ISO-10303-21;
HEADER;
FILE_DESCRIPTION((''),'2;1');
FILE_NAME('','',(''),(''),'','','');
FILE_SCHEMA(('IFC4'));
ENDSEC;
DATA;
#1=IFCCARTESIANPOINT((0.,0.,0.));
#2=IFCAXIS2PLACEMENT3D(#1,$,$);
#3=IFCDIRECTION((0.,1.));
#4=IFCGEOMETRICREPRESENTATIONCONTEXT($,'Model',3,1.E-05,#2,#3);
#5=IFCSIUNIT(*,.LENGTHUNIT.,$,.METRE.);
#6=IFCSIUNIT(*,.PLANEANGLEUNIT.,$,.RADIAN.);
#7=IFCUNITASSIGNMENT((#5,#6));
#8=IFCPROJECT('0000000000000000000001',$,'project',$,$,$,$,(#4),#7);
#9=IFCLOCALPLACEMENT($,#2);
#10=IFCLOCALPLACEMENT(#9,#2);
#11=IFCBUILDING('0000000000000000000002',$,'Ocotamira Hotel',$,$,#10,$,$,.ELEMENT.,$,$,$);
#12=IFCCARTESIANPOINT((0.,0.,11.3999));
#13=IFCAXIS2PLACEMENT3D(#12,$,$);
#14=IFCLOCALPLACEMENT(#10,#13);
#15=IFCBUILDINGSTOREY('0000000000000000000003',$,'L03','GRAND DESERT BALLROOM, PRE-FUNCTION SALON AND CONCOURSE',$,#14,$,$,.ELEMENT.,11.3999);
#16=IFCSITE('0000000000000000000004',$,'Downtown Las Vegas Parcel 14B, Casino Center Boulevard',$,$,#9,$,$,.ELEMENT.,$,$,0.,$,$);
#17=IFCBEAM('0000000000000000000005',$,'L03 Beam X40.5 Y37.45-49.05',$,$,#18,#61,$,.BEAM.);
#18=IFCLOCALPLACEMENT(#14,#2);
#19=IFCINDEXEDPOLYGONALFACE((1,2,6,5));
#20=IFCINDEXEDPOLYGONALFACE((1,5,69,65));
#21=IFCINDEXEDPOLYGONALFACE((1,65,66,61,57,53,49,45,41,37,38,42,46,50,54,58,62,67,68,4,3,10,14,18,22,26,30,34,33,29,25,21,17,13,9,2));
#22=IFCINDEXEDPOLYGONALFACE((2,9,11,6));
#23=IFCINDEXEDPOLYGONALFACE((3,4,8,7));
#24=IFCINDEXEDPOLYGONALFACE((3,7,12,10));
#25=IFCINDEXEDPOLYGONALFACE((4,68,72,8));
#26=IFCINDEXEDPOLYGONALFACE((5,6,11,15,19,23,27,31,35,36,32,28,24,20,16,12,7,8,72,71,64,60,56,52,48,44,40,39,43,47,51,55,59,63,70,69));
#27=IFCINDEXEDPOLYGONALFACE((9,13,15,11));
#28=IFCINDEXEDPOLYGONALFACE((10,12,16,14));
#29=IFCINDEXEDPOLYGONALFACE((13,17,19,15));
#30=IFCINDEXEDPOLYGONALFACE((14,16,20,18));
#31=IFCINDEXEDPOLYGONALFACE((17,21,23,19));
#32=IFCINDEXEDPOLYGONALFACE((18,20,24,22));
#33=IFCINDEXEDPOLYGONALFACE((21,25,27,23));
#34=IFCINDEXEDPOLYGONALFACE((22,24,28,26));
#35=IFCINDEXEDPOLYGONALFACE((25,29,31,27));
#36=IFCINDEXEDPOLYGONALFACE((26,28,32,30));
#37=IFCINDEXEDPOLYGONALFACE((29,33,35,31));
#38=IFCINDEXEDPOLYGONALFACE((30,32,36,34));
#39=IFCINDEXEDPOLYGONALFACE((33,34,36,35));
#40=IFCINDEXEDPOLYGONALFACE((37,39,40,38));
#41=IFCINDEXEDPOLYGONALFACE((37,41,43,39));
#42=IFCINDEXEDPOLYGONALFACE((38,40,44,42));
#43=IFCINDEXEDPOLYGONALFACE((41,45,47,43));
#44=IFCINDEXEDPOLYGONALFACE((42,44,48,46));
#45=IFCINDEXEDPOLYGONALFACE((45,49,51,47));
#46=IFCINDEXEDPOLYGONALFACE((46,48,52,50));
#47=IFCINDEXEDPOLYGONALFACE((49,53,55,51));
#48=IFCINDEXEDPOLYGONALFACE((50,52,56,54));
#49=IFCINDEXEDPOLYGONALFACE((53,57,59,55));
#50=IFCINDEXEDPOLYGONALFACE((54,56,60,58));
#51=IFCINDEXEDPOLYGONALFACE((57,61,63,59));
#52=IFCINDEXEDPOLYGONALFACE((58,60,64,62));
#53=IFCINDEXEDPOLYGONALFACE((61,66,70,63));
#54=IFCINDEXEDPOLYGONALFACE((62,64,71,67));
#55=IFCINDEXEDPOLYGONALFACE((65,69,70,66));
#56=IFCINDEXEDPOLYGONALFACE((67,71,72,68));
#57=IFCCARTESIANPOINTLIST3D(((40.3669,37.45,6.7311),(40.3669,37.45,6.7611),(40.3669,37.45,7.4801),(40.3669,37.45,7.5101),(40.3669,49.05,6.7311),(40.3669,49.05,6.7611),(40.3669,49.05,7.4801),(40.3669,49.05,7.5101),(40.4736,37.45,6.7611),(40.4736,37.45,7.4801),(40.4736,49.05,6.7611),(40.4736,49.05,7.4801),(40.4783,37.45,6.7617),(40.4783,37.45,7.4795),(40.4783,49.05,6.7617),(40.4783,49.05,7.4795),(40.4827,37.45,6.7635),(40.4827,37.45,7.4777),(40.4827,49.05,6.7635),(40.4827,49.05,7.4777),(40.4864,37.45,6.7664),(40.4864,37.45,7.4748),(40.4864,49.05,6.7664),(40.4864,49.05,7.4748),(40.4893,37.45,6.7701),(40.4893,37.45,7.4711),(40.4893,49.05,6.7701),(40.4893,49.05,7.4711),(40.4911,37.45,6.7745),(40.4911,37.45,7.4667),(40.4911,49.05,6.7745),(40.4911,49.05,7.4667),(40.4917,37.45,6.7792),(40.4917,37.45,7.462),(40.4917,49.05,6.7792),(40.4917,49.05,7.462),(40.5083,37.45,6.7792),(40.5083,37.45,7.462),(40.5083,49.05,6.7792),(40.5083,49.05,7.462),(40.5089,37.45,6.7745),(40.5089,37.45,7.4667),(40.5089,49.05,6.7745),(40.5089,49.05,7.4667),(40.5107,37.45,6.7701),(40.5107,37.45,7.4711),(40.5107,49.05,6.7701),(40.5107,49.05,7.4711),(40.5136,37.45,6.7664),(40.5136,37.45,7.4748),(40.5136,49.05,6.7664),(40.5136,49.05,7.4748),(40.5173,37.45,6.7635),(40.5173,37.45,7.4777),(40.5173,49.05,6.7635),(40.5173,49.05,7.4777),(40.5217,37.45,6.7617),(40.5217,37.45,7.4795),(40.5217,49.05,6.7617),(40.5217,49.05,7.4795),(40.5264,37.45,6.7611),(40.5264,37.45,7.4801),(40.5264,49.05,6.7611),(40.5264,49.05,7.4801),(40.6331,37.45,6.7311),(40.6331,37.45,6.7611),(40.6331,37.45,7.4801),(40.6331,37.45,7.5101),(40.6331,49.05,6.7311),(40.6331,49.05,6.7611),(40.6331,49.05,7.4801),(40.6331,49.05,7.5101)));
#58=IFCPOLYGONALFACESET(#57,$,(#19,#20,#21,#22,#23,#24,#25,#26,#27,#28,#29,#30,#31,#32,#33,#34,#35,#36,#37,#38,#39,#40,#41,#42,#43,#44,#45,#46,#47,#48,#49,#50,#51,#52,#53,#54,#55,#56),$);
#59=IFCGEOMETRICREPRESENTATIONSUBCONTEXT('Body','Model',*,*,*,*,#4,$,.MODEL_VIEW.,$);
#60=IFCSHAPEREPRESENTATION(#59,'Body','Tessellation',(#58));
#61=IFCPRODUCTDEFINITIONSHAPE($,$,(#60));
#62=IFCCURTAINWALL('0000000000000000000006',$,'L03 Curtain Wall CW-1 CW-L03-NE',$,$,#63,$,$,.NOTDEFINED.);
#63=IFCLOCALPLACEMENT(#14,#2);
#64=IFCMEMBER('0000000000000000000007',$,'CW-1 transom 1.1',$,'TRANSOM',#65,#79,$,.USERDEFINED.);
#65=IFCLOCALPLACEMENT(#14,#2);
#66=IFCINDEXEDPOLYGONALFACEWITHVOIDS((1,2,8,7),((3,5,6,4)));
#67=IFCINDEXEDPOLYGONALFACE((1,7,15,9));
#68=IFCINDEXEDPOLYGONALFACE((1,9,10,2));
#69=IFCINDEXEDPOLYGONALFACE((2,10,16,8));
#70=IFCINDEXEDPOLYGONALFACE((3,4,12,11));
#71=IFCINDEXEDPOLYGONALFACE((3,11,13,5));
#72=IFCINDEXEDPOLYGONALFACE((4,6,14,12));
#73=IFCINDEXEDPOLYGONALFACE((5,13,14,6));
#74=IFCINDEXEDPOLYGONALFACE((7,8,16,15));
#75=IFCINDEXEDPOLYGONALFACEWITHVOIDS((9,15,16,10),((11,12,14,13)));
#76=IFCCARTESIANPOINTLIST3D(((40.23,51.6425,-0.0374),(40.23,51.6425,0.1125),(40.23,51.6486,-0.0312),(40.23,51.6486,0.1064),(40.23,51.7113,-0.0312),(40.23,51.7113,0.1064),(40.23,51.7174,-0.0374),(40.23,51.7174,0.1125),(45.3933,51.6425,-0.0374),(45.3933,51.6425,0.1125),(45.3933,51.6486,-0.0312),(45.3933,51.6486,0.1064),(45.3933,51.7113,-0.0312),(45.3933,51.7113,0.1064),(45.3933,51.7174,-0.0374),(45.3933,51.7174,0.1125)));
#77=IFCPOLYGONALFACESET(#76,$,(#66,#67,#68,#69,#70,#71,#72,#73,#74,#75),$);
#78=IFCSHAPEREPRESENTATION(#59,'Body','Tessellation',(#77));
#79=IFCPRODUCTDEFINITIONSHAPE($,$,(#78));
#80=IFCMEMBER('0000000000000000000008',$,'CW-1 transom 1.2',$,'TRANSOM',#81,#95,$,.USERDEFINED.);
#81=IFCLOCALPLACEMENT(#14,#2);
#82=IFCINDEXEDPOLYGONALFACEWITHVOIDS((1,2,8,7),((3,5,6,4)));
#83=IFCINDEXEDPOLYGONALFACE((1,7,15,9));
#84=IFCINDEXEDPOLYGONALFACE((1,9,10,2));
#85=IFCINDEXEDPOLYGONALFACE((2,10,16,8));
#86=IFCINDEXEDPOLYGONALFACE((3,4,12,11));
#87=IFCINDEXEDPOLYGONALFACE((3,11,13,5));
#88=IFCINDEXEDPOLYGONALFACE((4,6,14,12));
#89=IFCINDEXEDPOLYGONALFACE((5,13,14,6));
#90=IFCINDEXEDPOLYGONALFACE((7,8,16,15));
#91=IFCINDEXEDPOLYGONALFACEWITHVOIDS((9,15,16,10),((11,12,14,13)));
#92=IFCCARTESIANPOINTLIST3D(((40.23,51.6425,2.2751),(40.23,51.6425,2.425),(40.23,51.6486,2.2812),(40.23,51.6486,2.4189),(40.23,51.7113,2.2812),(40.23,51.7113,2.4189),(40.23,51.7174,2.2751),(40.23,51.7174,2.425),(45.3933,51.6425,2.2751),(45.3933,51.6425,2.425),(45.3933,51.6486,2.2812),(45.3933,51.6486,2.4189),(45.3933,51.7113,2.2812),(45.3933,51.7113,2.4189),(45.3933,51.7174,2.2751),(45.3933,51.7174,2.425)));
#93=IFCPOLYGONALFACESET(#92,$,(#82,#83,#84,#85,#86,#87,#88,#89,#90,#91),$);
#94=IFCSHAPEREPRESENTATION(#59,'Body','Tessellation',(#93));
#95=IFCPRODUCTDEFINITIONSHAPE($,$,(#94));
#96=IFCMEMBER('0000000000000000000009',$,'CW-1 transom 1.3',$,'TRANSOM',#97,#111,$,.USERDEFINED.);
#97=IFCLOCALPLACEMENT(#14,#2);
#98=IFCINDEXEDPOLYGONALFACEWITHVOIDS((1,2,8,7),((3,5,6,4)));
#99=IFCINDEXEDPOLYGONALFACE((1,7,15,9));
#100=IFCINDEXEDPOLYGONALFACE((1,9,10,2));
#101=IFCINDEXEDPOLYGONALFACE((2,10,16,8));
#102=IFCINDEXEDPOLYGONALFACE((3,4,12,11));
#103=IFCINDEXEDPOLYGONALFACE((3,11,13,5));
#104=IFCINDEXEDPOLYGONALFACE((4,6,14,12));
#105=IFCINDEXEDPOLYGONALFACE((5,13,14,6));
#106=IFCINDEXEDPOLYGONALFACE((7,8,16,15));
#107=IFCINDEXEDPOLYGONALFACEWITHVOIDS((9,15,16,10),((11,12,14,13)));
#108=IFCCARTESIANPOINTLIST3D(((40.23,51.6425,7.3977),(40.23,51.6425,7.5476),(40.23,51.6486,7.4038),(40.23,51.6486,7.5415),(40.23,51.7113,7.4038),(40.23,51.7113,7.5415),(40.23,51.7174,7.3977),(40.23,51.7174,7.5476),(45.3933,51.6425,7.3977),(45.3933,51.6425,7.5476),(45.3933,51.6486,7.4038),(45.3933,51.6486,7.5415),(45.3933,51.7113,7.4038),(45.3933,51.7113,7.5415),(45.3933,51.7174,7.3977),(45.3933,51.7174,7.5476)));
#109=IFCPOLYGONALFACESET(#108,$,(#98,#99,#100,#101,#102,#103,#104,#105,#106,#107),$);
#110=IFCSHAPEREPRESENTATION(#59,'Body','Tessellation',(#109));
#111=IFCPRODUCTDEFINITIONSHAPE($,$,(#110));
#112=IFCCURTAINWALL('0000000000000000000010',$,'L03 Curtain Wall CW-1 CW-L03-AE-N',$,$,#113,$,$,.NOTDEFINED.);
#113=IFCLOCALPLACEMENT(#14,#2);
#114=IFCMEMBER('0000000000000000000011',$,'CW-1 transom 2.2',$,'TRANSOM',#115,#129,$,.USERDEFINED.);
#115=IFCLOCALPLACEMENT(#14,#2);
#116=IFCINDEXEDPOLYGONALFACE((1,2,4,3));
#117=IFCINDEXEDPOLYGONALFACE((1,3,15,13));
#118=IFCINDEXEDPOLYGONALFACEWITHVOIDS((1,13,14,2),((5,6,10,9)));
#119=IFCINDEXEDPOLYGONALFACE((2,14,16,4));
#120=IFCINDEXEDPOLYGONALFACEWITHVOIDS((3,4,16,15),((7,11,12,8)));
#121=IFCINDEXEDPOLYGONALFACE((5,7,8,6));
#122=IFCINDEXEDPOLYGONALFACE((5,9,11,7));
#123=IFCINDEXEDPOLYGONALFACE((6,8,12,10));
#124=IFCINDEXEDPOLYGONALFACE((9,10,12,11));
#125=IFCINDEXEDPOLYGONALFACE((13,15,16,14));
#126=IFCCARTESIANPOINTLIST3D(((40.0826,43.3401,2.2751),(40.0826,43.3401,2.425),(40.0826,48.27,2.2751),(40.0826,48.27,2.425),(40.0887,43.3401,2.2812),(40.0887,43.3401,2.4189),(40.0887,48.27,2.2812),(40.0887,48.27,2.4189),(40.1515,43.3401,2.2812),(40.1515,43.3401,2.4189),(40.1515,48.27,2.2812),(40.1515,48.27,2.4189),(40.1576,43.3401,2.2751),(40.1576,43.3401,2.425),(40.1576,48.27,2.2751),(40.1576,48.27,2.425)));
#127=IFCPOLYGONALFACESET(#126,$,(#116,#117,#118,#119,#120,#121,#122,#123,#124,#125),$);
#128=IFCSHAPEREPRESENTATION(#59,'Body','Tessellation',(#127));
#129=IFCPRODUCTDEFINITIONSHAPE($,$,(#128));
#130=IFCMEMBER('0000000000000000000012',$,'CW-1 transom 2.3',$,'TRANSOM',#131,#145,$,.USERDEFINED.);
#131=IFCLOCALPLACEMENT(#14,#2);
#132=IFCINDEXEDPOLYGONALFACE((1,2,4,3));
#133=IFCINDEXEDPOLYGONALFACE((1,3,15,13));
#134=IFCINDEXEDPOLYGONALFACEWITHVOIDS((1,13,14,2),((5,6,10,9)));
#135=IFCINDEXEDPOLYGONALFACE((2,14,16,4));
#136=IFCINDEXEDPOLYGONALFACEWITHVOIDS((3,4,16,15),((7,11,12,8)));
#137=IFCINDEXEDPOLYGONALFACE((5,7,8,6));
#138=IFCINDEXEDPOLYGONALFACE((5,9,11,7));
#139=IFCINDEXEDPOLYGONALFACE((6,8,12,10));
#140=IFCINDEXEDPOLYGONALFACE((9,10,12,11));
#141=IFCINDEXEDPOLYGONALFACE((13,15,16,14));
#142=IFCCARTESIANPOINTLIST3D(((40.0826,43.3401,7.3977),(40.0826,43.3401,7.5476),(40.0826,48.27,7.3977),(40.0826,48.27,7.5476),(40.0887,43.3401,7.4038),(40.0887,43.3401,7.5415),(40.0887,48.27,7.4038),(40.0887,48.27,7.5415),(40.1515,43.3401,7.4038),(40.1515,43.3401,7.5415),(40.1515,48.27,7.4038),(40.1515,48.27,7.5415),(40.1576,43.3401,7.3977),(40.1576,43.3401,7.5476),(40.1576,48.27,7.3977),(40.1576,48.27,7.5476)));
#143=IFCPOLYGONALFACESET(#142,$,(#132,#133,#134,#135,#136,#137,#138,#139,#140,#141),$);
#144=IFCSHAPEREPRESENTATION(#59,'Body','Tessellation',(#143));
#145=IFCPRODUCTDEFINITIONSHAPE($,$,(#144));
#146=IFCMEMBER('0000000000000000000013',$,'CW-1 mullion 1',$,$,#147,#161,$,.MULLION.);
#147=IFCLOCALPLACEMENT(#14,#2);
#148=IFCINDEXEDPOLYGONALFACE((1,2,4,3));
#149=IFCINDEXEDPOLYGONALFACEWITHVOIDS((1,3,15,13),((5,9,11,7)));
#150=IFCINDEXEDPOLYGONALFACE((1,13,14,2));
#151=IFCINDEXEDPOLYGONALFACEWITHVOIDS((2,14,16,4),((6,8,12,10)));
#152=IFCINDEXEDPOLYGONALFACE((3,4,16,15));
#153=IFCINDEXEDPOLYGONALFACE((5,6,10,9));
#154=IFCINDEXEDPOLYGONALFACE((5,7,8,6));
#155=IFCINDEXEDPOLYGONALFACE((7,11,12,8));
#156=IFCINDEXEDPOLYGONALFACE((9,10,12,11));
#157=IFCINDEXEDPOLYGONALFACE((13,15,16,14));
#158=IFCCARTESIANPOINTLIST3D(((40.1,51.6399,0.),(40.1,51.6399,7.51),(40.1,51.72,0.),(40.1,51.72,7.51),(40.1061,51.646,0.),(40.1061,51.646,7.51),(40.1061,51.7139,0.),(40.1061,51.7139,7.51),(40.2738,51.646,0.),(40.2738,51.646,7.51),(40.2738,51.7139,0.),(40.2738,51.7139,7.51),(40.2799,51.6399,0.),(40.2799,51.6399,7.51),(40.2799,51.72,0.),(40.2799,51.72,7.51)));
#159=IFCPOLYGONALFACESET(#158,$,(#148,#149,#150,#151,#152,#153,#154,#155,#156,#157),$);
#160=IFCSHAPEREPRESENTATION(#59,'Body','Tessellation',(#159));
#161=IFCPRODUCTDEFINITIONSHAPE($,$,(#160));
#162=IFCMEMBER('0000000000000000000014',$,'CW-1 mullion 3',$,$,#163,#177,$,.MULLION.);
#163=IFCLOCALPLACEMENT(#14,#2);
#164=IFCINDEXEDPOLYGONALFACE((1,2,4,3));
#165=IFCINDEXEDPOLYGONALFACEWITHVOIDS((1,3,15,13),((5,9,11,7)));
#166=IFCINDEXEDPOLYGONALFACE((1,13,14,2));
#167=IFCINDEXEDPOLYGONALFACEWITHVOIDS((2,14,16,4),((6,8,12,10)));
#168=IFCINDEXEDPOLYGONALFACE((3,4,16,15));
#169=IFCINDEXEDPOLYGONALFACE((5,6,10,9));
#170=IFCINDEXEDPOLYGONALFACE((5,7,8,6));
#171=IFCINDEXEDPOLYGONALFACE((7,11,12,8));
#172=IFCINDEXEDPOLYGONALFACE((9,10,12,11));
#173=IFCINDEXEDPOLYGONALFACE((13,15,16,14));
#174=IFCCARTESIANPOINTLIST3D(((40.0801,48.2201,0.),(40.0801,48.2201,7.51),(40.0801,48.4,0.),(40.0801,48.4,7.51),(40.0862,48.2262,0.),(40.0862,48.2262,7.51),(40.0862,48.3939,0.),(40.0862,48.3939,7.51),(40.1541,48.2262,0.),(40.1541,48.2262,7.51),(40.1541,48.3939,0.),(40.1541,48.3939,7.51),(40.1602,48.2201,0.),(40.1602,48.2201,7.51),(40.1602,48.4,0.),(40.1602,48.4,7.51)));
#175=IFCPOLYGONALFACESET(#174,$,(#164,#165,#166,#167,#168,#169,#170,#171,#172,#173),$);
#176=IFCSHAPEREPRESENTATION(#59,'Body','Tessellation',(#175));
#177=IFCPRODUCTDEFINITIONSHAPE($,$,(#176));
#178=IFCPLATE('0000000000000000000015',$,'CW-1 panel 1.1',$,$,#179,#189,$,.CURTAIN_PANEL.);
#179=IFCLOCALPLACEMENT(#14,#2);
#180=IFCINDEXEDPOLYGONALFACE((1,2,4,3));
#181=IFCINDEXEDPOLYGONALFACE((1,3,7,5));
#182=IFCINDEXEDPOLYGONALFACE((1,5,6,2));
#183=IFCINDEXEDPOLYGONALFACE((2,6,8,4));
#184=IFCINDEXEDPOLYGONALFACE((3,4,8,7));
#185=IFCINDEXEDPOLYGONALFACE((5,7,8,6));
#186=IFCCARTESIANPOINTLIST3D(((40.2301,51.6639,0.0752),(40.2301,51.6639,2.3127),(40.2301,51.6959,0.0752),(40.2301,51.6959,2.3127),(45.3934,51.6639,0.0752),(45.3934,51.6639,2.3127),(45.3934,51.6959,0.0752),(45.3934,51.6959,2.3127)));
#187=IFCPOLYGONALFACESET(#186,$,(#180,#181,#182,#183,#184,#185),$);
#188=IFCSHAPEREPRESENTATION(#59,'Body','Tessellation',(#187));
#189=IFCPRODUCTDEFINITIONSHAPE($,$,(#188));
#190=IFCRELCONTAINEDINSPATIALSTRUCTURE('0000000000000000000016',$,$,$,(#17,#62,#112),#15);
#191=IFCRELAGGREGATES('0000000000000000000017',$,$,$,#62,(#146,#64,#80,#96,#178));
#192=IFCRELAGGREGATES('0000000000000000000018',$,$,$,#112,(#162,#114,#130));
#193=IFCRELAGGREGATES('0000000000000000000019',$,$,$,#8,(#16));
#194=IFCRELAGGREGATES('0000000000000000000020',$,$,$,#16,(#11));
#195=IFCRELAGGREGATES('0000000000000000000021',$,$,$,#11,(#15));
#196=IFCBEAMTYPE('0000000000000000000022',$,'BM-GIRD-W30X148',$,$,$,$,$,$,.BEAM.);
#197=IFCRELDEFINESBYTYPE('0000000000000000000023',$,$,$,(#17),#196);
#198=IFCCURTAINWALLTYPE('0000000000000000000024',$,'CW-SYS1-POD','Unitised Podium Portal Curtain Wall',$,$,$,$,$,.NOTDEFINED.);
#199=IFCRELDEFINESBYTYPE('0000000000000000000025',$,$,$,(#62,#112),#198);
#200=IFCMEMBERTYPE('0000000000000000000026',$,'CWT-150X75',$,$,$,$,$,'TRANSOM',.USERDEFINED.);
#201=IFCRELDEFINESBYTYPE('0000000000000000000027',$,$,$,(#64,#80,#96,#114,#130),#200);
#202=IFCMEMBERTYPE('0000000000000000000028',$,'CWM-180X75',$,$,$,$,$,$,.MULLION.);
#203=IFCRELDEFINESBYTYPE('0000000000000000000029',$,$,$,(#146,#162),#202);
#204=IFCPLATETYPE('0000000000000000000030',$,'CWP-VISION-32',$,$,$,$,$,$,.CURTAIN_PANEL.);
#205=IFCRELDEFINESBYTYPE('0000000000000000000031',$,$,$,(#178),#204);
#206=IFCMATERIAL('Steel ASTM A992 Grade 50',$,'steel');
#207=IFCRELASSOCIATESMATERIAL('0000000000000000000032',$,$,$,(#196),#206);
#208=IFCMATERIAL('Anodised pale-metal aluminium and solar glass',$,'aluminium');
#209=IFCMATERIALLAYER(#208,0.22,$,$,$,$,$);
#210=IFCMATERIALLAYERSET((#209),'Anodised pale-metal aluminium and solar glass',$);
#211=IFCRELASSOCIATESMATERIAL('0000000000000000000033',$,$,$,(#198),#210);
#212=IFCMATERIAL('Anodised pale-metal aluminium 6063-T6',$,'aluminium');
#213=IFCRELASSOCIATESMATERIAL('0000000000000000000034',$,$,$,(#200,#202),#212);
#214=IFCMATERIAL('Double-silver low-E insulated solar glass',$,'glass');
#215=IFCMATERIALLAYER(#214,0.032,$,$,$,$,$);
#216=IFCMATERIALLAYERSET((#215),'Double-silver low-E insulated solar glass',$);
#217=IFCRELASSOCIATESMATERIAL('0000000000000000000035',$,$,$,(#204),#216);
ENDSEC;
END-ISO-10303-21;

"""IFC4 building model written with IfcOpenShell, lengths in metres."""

from ifc_helpers import new_model, si_unit, direction, frame, origin, origin_2d, place, context, subcontext, project, spatial, rectangle, hollow_rectangle, i_section, extrude, source, transform, mapped, material, layer, layer_set, material_profile, profile_set, type_object, element, aggregate, save


model = new_model("IFC4")

# Units and contexts
model_context = context("Model", 3, precision=1e-05, world=origin(), true_north=direction((0.0, 1.0)))
body_context = subcontext(model_context, "Body", "Model", "MODEL_VIEW")
ifc_project = project(units=[si_unit("LENGTHUNIT", "METRE"), si_unit("PLANEANGLEUNIT", "RADIAN")], contexts=[model_context])

# Site, building, storey
site_placement = place(None, origin())
site = spatial("IfcSite", under=ifc_project, at=site_placement, Name="Downtown Las Vegas Parcel 14B, Casino Center Boulevard", CompositionType="ELEMENT", RefElevation=0.0)
building_placement = place(site_placement, origin())
building = spatial("IfcBuilding", under=site, at=building_placement, Name="Ocotamira Hotel", CompositionType="ELEMENT")
storey_placement = place(building_placement, frame((0.0, 0.0, 11.3999)))
storey = spatial("IfcBuildingStorey", under=building, at=storey_placement, Name="L03", Description="GRAND DESERT BALLROOM, PRE-FUNCTION SALON AND CONCOURSE", CompositionType="ELEMENT", Elevation=11.3999)

# Beam
ifc_material_1 = material(Name="Steel ASTM A992 Grade 50", Category="steel")
ifc_material_profile_1 = material_profile(ifc_material_1, i_section(OverallWidth=0.2661, OverallDepth=0.7791, WebThickness=0.0166, FlangeThickness=0.03, FilletRadius=0.0181, at=origin_2d()), Name="W30X148")
ifc_profile_set_1 = profile_set([ifc_material_profile_1], Name="Steel ASTM A992 Grade 50")
beam_type_1 = type_object("IfcBeamType", Name="BM-GIRD-W30X148", PredefinedType="BEAM", material=ifc_profile_set_1)
shared_shape_1 = source(origin(), body_context, "Body", "SweptSolid", [
    extrude(i_section(OverallWidth=0.2661, OverallDepth=0.7791, WebThickness=0.0166, FlangeThickness=0.03, FilletRadius=0.0181, at=origin_2d()), origin(), (0.0, 0.0, 1.0), 11.6001),
])
beam_1_placement = place(storey_placement, frame((40.5, 37.45, 7.1206), z_axis=(0.0, 1.0, 0.0), x_axis=(-1.0, 0.0, 0.0)))
element("IfcBeam", 1, at=beam_1_placement, inside=storey, type_object=beam_type_1, Name="L03 Beam X40.5 Y37.45-49.05", PredefinedType="BEAM", context=body_context, shape_type="MappedRepresentation", body=[
    mapped(shared_shape_1, transform((0.0, 0.0, 0.0), scale=1.0)),
])

# Curtain walls, members
ifc_material_2 = material(Name="Anodised pale-metal aluminium and solar glass", Category="aluminium")
ifc_layer_1 = layer(ifc_material_2, 0.22)
ifc_layer_set_1 = layer_set([ifc_layer_1], Name="Anodised pale-metal aluminium and solar glass")
curtain_wall_type = type_object("IfcCurtainWallType", Name="CW-SYS1-POD", Description="Unitised Podium Portal Curtain Wall", PredefinedType="NOTDEFINED", material=ifc_layer_set_1)
curtain_wall_1_placement = place(storey_placement, origin())
curtain_wall_1 = element("IfcCurtainWall", 2, at=curtain_wall_1_placement, inside=storey, type_object=curtain_wall_type, Name="L03 Curtain Wall CW-1 CW-L03-NE", PredefinedType="NOTDEFINED")
ifc_material_3 = material(Name="Anodised pale-metal aluminium 6063-T6", Category="aluminium")
ifc_material_profile_2 = material_profile(ifc_material_3, hollow_rectangle(XDim=0.075, YDim=0.1499, WallThickness=0.0061, at=origin_2d()), Name="HSS150X75X6")
ifc_profile_set_2 = profile_set([ifc_material_profile_2], Name="Anodised pale-metal aluminium 6063-T6")
member_type_1 = type_object("IfcMemberType", Name="CWT-150X75", ElementType="TRANSOM", PredefinedType="USERDEFINED", material=ifc_profile_set_2)
shared_shape_2 = source(origin(), body_context, "Body", "SweptSolid", [
    extrude(hollow_rectangle(XDim=0.075, YDim=0.1499, WallThickness=0.0061, at=origin_2d()), origin(), (0.0, 0.0, 1.0), 5.1633),
])
member_1_placement = place(storey_placement, frame((40.23, 51.6799, 0.0376), z_axis=(1.0, 0.0, 0.0), x_axis=(0.0, 1.0, 0.0)))
member_1 = element("IfcMember", 3, at=member_1_placement, type_object=member_type_1, Name="CW-1 transom 1.1", ObjectType="TRANSOM", PredefinedType="USERDEFINED", context=body_context, shape_type="MappedRepresentation", body=[
    mapped(shared_shape_2, transform((0.0, 0.0, 0.0), scale=1.0)),
])
member_2_placement = place(storey_placement, frame((40.23, 51.6799, 2.3501), z_axis=(1.0, 0.0, 0.0), x_axis=(0.0, 1.0, 0.0)))
member_2 = element("IfcMember", 4, at=member_2_placement, type_object=member_type_1, Name="CW-1 transom 1.2", ObjectType="TRANSOM", PredefinedType="USERDEFINED", context=body_context, shape_type="MappedRepresentation", body=[
    mapped(shared_shape_2, transform((0.0, 0.0, 0.0), scale=1.0)),
])
member_3_placement = place(storey_placement, frame((40.23, 51.6799, 7.4727), z_axis=(1.0, 0.0, 0.0), x_axis=(0.0, 1.0, 0.0)))
member_3 = element("IfcMember", 5, at=member_3_placement, type_object=member_type_1, Name="CW-1 transom 1.3", ObjectType="TRANSOM", PredefinedType="USERDEFINED", context=body_context, shape_type="MappedRepresentation", body=[
    mapped(shared_shape_2, transform((0.0, 0.0, 0.0), scale=1.0)),
])
curtain_wall_2_placement = place(storey_placement, origin())
curtain_wall_2 = element("IfcCurtainWall", 6, at=curtain_wall_2_placement, inside=storey, type_object=curtain_wall_type, Name="L03 Curtain Wall CW-1 CW-L03-AE-N", PredefinedType="NOTDEFINED")
shared_shape_3 = source(origin(), body_context, "Body", "SweptSolid", [
    extrude(hollow_rectangle(XDim=0.075, YDim=0.1499, WallThickness=0.0061, at=origin_2d()), origin(), (0.0, 0.0, 1.0), 4.9299),
])
member_4_placement = place(storey_placement, frame((40.1201, 43.3401, 2.3501), z_axis=(0.0, 1.0, 0.0), x_axis=(-1.0, 0.0, 0.0)))
member_4 = element("IfcMember", 7, at=member_4_placement, type_object=member_type_1, Name="CW-1 transom 2.2", ObjectType="TRANSOM", PredefinedType="USERDEFINED", context=body_context, shape_type="MappedRepresentation", body=[
    mapped(shared_shape_3, transform((0.0, 0.0, 0.0), scale=1.0)),
])
member_5_placement = place(storey_placement, frame((40.1201, 43.3401, 7.4727), z_axis=(0.0, 1.0, 0.0), x_axis=(-1.0, 0.0, 0.0)))
member_5 = element("IfcMember", 8, at=member_5_placement, type_object=member_type_1, Name="CW-1 transom 2.3", ObjectType="TRANSOM", PredefinedType="USERDEFINED", context=body_context, shape_type="MappedRepresentation", body=[
    mapped(shared_shape_3, transform((0.0, 0.0, 0.0), scale=1.0)),
])

# Members
ifc_material_profile_3 = material_profile(ifc_material_3, hollow_rectangle(XDim=0.0801, YDim=0.1799, WallThickness=0.0061, at=origin_2d()), Name="HSS180X80X6")
ifc_profile_set_3 = profile_set([ifc_material_profile_3], Name="Anodised pale-metal aluminium 6063-T6")
member_type_2 = type_object("IfcMemberType", Name="CWM-180X75", PredefinedType="MULLION", material=ifc_profile_set_3)
shared_shape_4 = source(origin(), body_context, "Body", "SweptSolid", [
    extrude(hollow_rectangle(XDim=0.0801, YDim=0.1799, WallThickness=0.0061, at=origin_2d()), origin(), (0.0, 0.0, 1.0), 7.51),
])
member_6_placement = place(storey_placement, frame((40.1899, 51.6799, 0.0), z_axis=(0.0, 0.0, 1.0), x_axis=(0.0, 1.0, 0.0)))
member_6 = element("IfcMember", 9, at=member_6_placement, type_object=member_type_2, Name="CW-1 mullion 1", PredefinedType="MULLION", context=body_context, shape_type="MappedRepresentation", body=[
    mapped(shared_shape_4, transform((0.0, 0.0, 0.0), scale=1.0)),
])
member_7_placement = place(storey_placement, frame((40.1201, 48.3101, 0.0), z_axis=(0.0, 0.0, 1.0), x_axis=(-1.0, 0.0, 0.0)))
member_7 = element("IfcMember", 10, at=member_7_placement, type_object=member_type_2, Name="CW-1 mullion 3", PredefinedType="MULLION", context=body_context, shape_type="MappedRepresentation", body=[
    mapped(shared_shape_4, transform((0.0, 0.0, 0.0), scale=1.0)),
])

# Plate
ifc_material_4 = material(Name="Double-silver low-E insulated solar glass", Category="glass")
ifc_layer_2 = layer(ifc_material_4, 0.032)
ifc_layer_set_2 = layer_set([ifc_layer_2], Name="Double-silver low-E insulated solar glass")
plate_type = type_object("IfcPlateType", Name="CWP-VISION-32", PredefinedType="CURTAIN_PANEL", material=ifc_layer_set_2)
shared_shape_5 = source(origin(), body_context, "Body", "SweptSolid", [
    extrude(rectangle(XDim=5.1633, YDim=0.032, at=origin_2d()), origin(), (0.0, 0.0, 1.0), 2.2375),
])
plate_1_placement = place(storey_placement, frame((42.8118, 51.6799, 0.0752), z_axis=(0.0, 0.0, 1.0), x_axis=(1.0, 0.0, 0.0)))
plate_1 = element("IfcPlate", 11, at=plate_1_placement, type_object=plate_type, Name="CW-1 panel 1.1", PredefinedType="CURTAIN_PANEL", context=body_context, shape_type="MappedRepresentation", body=[
    mapped(shared_shape_5, transform((0.0, 0.0, 0.0), scale=1.0)),
])
aggregate(curtain_wall_1, [member_6, member_1, member_2, member_3, plate_1])
aggregate(curtain_wall_2, [member_7, member_4, member_5])

save(model, "model.ifc")
